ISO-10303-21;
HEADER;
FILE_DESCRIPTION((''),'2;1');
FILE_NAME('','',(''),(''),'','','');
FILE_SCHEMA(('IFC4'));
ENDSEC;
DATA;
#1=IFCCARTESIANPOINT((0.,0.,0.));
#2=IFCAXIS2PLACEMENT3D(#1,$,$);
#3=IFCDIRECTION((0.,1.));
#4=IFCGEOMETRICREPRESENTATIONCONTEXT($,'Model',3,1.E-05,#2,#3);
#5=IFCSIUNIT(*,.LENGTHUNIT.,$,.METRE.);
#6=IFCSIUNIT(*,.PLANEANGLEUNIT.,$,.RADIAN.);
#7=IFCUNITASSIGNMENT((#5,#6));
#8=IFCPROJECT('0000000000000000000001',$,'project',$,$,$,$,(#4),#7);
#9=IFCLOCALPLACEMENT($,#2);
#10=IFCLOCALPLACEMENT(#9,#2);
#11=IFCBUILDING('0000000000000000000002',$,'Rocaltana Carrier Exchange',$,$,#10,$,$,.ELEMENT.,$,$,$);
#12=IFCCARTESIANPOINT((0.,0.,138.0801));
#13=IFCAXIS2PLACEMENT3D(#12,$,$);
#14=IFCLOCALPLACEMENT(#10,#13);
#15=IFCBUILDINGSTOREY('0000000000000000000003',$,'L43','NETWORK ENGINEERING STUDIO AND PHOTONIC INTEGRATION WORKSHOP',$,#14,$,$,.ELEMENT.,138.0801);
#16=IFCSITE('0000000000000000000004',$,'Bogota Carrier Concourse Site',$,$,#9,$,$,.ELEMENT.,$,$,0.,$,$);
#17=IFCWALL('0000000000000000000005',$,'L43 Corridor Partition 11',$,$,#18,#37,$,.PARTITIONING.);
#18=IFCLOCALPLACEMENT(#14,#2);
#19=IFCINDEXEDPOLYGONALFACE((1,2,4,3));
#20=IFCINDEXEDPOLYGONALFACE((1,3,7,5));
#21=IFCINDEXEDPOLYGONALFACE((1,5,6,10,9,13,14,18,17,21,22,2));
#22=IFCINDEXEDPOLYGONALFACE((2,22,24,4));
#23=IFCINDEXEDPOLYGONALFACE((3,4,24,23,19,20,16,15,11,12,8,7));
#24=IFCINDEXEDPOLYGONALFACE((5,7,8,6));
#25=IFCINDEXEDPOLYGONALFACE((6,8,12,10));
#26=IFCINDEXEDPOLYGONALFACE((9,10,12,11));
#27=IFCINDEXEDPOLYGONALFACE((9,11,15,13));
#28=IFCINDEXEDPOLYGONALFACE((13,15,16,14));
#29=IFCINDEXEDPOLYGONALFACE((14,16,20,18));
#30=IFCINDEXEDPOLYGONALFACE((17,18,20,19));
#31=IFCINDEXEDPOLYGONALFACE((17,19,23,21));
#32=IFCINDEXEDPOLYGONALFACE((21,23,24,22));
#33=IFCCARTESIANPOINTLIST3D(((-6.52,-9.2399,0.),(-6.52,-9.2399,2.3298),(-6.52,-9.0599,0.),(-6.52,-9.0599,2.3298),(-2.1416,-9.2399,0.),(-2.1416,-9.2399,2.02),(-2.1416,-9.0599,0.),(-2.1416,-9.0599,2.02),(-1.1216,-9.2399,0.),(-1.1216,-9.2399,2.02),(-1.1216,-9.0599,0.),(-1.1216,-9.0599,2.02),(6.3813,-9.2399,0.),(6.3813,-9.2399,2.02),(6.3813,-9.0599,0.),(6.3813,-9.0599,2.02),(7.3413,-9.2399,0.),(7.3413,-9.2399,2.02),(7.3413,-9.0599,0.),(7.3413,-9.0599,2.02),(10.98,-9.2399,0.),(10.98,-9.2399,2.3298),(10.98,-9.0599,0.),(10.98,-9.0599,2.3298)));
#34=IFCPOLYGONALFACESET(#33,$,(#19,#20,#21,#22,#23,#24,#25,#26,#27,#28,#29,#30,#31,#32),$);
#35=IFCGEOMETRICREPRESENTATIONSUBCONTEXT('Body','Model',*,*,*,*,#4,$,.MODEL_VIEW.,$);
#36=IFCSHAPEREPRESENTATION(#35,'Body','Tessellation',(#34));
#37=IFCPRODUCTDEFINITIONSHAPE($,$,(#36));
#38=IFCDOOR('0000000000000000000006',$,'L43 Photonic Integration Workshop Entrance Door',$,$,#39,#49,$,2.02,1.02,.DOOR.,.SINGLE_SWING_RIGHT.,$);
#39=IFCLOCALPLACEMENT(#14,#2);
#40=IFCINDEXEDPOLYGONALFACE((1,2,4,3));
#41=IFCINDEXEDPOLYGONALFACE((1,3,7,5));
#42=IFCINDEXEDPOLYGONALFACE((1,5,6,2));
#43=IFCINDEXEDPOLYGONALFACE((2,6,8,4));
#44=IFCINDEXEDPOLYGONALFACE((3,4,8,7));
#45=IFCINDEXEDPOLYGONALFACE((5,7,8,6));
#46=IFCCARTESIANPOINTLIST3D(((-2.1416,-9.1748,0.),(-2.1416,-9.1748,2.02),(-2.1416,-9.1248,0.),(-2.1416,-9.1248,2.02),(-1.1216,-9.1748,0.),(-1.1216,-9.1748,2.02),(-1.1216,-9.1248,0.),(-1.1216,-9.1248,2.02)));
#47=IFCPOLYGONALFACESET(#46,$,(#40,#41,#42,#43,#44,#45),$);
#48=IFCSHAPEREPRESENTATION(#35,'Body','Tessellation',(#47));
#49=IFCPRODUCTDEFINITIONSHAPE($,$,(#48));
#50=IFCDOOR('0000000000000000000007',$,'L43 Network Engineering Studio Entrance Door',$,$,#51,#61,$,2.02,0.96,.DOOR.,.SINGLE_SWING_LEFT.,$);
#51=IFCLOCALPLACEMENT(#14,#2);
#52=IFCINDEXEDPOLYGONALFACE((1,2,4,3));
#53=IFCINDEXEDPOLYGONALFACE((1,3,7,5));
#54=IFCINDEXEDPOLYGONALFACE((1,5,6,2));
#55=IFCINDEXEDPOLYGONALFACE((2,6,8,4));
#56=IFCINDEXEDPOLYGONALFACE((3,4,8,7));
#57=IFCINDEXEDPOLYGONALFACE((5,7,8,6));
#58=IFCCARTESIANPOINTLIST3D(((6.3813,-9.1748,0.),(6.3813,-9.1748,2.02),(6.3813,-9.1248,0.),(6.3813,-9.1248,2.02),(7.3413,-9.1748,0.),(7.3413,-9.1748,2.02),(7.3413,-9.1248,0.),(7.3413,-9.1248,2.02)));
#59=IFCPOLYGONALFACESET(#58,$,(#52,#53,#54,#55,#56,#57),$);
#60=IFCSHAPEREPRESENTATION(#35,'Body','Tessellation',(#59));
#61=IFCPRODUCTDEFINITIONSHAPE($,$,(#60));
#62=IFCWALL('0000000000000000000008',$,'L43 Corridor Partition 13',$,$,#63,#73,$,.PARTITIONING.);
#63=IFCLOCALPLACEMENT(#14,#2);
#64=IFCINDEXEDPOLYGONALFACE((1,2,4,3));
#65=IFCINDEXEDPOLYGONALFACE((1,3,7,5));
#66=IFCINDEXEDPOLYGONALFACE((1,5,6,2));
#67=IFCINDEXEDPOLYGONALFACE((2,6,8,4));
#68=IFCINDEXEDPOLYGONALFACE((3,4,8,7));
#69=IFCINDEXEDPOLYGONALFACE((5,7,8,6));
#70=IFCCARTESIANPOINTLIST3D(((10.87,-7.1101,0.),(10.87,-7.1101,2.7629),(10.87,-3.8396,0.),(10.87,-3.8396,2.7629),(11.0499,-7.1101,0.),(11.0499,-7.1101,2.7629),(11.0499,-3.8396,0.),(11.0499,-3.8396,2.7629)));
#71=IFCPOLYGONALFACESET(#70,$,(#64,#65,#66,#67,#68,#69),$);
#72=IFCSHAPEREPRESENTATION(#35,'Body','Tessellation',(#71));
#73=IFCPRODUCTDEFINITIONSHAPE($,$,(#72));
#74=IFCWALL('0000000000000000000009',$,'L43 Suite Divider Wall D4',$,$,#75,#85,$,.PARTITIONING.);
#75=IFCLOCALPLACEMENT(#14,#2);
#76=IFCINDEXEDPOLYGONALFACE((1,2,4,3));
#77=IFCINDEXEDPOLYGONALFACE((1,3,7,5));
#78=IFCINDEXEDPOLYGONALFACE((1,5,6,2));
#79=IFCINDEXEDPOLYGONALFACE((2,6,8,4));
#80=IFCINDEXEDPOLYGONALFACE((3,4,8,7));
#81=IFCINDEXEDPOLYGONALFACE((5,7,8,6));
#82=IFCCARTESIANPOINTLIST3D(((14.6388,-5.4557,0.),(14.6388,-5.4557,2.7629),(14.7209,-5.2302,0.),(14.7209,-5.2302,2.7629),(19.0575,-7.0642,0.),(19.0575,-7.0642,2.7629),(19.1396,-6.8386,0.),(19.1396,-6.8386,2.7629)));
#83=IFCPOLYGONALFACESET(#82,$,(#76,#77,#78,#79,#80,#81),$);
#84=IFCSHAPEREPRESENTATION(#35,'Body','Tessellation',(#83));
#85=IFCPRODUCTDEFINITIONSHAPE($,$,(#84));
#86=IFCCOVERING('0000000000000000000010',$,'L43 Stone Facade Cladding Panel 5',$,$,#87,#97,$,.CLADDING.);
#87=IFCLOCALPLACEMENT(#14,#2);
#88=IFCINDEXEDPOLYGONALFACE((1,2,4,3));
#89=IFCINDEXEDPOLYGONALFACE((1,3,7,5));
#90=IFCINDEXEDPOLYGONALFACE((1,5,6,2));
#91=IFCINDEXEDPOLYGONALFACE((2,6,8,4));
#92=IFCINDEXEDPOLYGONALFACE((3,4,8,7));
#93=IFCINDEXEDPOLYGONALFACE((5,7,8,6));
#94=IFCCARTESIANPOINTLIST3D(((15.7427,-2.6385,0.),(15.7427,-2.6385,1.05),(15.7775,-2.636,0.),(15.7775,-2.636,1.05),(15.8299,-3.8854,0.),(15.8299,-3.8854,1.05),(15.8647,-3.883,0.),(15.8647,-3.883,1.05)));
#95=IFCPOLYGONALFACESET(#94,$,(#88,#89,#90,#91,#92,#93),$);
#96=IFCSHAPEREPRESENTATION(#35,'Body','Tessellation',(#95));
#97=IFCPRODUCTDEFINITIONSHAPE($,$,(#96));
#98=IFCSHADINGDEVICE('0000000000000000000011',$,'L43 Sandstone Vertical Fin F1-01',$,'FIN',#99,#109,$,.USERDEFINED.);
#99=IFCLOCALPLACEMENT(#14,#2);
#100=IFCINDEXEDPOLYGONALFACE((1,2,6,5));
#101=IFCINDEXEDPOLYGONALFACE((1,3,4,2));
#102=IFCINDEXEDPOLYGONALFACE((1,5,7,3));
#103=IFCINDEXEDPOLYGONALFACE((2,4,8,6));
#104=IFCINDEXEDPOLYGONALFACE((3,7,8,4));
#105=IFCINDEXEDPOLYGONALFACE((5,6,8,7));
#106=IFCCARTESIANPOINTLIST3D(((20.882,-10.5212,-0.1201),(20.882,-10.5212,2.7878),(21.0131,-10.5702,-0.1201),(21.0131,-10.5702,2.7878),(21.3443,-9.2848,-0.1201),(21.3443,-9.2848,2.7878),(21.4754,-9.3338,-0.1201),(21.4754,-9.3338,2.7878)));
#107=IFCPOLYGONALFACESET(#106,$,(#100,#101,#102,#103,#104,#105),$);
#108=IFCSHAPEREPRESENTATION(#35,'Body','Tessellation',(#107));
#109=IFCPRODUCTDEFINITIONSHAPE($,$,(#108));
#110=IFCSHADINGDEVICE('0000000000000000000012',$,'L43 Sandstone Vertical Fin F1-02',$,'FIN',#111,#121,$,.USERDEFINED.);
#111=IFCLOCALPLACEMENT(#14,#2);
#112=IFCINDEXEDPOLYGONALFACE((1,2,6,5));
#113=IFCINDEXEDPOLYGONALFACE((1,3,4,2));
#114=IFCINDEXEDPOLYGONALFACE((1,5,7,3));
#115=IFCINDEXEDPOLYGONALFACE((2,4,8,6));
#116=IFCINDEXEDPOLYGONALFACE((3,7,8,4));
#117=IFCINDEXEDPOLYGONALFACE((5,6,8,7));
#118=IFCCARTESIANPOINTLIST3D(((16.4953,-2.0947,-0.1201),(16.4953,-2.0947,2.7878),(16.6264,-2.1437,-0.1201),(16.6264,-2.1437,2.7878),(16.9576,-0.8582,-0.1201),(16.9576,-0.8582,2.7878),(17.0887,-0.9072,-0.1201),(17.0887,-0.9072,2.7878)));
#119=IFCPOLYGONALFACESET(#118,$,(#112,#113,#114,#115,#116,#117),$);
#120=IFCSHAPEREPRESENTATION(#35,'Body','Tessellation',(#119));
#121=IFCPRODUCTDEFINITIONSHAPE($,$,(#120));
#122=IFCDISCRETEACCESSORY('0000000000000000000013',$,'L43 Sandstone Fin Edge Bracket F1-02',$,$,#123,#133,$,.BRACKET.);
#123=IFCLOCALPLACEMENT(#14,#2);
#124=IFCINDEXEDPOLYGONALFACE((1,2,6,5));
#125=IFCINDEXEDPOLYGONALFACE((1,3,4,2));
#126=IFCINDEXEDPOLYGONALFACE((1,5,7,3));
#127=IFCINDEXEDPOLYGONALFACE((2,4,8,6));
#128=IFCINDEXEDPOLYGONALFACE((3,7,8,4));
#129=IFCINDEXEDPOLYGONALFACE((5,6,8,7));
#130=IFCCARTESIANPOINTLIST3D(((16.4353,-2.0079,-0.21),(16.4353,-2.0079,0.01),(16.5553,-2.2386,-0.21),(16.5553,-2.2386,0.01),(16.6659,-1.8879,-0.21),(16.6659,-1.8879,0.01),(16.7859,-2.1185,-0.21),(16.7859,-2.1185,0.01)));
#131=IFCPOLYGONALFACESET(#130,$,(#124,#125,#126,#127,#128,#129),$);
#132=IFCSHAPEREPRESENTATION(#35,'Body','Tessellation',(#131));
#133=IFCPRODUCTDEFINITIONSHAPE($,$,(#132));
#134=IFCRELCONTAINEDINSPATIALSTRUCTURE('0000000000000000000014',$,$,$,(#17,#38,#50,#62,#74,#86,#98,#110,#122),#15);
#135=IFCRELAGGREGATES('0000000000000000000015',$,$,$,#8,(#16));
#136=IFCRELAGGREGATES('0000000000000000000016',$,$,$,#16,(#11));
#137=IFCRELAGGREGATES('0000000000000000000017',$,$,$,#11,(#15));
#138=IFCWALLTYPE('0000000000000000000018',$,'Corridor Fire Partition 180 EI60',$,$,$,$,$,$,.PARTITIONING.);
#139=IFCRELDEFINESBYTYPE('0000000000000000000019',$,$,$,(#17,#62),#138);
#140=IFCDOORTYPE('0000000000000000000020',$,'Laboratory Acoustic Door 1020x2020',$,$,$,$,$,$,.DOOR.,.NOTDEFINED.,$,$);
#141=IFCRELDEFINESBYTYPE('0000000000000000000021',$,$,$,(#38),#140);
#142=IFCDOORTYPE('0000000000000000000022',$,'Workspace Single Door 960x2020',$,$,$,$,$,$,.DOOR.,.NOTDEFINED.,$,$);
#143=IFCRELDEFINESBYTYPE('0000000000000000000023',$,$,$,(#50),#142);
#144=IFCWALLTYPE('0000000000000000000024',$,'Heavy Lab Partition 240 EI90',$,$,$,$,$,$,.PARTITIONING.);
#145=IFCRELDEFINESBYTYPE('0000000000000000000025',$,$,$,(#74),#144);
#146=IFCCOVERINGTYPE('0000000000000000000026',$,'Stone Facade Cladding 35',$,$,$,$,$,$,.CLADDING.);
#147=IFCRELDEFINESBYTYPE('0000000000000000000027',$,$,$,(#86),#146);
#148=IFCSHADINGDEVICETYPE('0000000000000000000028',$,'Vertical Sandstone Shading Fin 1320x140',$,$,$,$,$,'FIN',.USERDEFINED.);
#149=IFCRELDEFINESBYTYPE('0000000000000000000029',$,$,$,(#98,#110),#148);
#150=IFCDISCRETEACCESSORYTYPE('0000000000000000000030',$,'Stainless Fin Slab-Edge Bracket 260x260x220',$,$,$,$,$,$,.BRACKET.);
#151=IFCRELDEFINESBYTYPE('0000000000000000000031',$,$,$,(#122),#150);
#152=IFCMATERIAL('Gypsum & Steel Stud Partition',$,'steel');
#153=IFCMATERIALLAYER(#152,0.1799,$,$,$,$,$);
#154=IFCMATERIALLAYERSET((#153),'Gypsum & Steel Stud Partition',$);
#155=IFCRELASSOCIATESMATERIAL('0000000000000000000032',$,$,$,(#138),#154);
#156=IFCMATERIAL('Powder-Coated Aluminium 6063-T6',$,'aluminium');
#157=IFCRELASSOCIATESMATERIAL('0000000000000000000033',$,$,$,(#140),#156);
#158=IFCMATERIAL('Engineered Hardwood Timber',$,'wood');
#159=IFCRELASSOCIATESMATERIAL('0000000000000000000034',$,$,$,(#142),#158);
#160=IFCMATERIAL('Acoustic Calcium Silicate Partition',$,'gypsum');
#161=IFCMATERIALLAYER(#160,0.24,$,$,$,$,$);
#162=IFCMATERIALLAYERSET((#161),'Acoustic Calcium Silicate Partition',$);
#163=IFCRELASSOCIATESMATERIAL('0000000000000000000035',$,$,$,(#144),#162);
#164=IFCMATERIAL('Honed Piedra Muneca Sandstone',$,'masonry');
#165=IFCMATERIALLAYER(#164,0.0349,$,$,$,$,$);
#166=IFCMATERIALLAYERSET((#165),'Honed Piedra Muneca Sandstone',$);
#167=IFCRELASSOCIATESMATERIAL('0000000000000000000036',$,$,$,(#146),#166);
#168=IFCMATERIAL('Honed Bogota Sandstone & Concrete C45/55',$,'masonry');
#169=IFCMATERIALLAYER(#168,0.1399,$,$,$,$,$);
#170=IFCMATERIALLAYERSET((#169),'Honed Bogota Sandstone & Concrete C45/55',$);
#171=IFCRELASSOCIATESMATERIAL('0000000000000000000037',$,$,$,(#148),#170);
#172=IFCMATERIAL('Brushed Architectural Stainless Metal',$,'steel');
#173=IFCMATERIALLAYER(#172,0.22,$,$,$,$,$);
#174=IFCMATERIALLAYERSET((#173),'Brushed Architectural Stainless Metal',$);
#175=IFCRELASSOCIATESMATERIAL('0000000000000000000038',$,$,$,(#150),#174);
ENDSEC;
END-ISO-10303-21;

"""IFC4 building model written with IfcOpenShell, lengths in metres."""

from ifc_helpers import new_model, si_unit, direction, frame, frame_2d, origin, origin_2d, place, context, subcontext, project, spatial, rectangle, extrude, material, layer, layer_set, type_object, element, fill, save


model = new_model("IFC4")

# Units and contexts
model_context = context("Model", 3, precision=1e-05, world=origin(), true_north=direction((0.0, 1.0)))
body_context = subcontext(model_context, "Body", "Model", "MODEL_VIEW")
ifc_project = project(units=[si_unit("LENGTHUNIT", "METRE"), si_unit("PLANEANGLEUNIT", "RADIAN")], contexts=[model_context])

# Site, building, storey
site_placement = place(None, origin())
site = spatial("IfcSite", under=ifc_project, at=site_placement, Name="Bogota Carrier Concourse Site", CompositionType="ELEMENT", RefElevation=0.0)
building_placement = place(site_placement, origin())
building = spatial("IfcBuilding", under=site, at=building_placement, Name="Rocaltana Carrier Exchange", CompositionType="ELEMENT")
storey_placement = place(building_placement, frame((0.0, 0.0, 138.0801)))
storey = spatial("IfcBuildingStorey", under=building, at=storey_placement, Name="L43", Description="NETWORK ENGINEERING STUDIO AND PHOTONIC INTEGRATION WORKSHOP", CompositionType="ELEMENT", Elevation=138.0801)

# Shared definitions
ifc_material_1 = material(Name="Gypsum & Steel Stud Partition", Category="steel")
ifc_layer_1 = layer(ifc_material_1, 0.1799)
ifc_layer_set_1 = layer_set([ifc_layer_1], Name="Gypsum & Steel Stud Partition")
wall_type_1 = type_object("IfcWallType", Name="Corridor Fire Partition 180 EI60", PredefinedType="PARTITIONING", material=ifc_layer_set_1)

# Wall, openings, doors
wall_1_placement = place(storey_placement, frame((10.98, -9.1499, 0.0), z_axis=(0.0, 0.0, 1.0), x_axis=(-1.0, 0.0, 0.0)))
wall_1 = element("IfcWall", 1, at=wall_1_placement, inside=storey, type_object=wall_type_1, Name="L43 Corridor Partition 11", PredefinedType="PARTITIONING", context=body_context, shape_type="SweptSolid", body=[
    extrude(rectangle(XDim=17.5, YDim=0.1799, at=frame_2d((8.75, 0.0))), origin(), (0.0, 0.0, 1.0), 2.3298),
])
opening_1_placement = place(wall_1_placement, frame((12.1016, 0.0, 0.0)))
opening_1 = element("IfcOpeningElement", 2, at=opening_1_placement, cuts=wall_1, PredefinedType="OPENING", context=body_context, shape_type="SweptSolid", body=[
    extrude(rectangle(XDim=1.02, YDim=2.02, at=frame_2d((0.51, 1.01))), frame((0.0, 0.0999, 0.0), z_axis=(0.0, -1.0, 0.0), x_axis=(1.0, 0.0, 0.0)), (0.0, 0.0, 1.0), 0.2),
])
opening_2_placement = place(wall_1_placement, frame((3.6387, 0.0, 0.0)))
opening_2 = element("IfcOpeningElement", 3, at=opening_2_placement, cuts=wall_1, PredefinedType="OPENING", context=body_context, shape_type="SweptSolid", body=[
    extrude(rectangle(XDim=0.96, YDim=2.02, at=frame_2d((0.48, 1.01))), frame((0.0, 0.0999, 0.0), z_axis=(0.0, -1.0, 0.0), x_axis=(1.0, 0.0, 0.0)), (0.0, 0.0, 1.0), 0.2),
])
ifc_material_2 = material(Name="Powder-Coated Aluminium 6063-T6", Category="aluminium")
door_type_1 = type_object("IfcDoorType", Name="Laboratory Acoustic Door 1020x2020", OperationType="NOTDEFINED", PredefinedType="DOOR", material=ifc_material_2)
door_1_placement = place(opening_1_placement, origin())
door_1 = element("IfcDoor", 4, at=door_1_placement, inside=storey, type_object=door_type_1, Name="L43 Photonic Integration Workshop Entrance Door", OperationType="SINGLE_SWING_RIGHT", OverallHeight=2.02, OverallWidth=1.02, PredefinedType="DOOR", context=body_context, shape_type="SweptSolid", body=[
    extrude(rectangle(XDim=1.02, YDim=2.02, at=frame_2d((0.51, 1.01))), frame((0.0, 0.0249, 0.0), z_axis=(0.0, -1.0, 0.0), x_axis=(1.0, 0.0, 0.0)), (0.0, 0.0, 1.0), 0.05),
])
fill(opening_1, door_1)
ifc_material_3 = material(Name="Engineered Hardwood Timber", Category="wood")
door_type_2 = type_object("IfcDoorType", Name="Workspace Single Door 960x2020", OperationType="NOTDEFINED", PredefinedType="DOOR", material=ifc_material_3)
door_2_placement = place(opening_2_placement, origin())
door_2 = element("IfcDoor", 5, at=door_2_placement, inside=storey, type_object=door_type_2, Name="L43 Network Engineering Studio Entrance Door", OperationType="SINGLE_SWING_LEFT", OverallHeight=2.02, OverallWidth=0.96, PredefinedType="DOOR", context=body_context, shape_type="SweptSolid", body=[
    extrude(rectangle(XDim=0.96, YDim=2.02, at=frame_2d((0.48, 1.01))), frame((0.0, 0.0249, 0.0), z_axis=(0.0, -1.0, 0.0), x_axis=(1.0, 0.0, 0.0)), (0.0, 0.0, 1.0), 0.05),
])
fill(opening_2, door_2)

# Walls
wall_2_placement = place(storey_placement, frame((10.96, -7.1101, 0.0), z_axis=(0.0, 0.0, 1.0), x_axis=(0.0, 1.0, 0.0)))
element("IfcWall", 6, at=wall_2_placement, inside=storey, type_object=wall_type_1, Name="L43 Corridor Partition 13", PredefinedType="PARTITIONING", context=body_context, shape_type="SweptSolid", body=[
    extrude(rectangle(XDim=3.2705, YDim=0.1799, at=frame_2d((1.6353, 0.0))), origin(), (0.0, 0.0, 1.0), 2.7629),
])
ifc_material_4 = material(Name="Acoustic Calcium Silicate Partition", Category="gypsum")
ifc_layer_2 = layer(ifc_material_4, 0.24)
ifc_layer_set_2 = layer_set([ifc_layer_2], Name="Acoustic Calcium Silicate Partition")
wall_type_2 = type_object("IfcWallType", Name="Heavy Lab Partition 240 EI90", PredefinedType="PARTITIONING", material=ifc_layer_set_2)
wall_3_placement = place(storey_placement, frame((14.6799, -5.343, 0.0), z_axis=(0.0, 0.0, 1.0), x_axis=(0.939684, -0.342043, 0.0)))
element("IfcWall", 7, at=wall_3_placement, inside=storey, type_object=wall_type_2, Name="L43 Suite Divider Wall D4", PredefinedType="PARTITIONING", context=body_context, shape_type="SweptSolid", body=[
    extrude(rectangle(XDim=4.7024, YDim=0.24, at=frame_2d((2.3511, 0.0))), origin(), (0.0, 0.0, 1.0), 2.7629),
])

# Covering
ifc_material_5 = material(Name="Honed Piedra Muneca Sandstone", Category="masonry")
ifc_layer_3 = layer(ifc_material_5, 0.0349)
ifc_layer_set_3 = layer_set([ifc_layer_3], Name="Honed Piedra Muneca Sandstone")
covering_type = type_object("IfcCoveringType", Name="Stone Facade Cladding 35", PredefinedType="CLADDING", material=ifc_layer_set_3)
covering_placement = place(storey_placement, frame((15.8037, -3.2607, 0.0), z_axis=(0.0, 0.0, 1.0), x_axis=(-0.069756, 0.997564, 0.0)))
element("IfcCovering", 8, at=covering_placement, inside=storey, type_object=covering_type, Name="L43 Stone Facade Cladding Panel 5", PredefinedType="CLADDING", context=body_context, shape_type="SweptSolid", body=[
    extrude(rectangle(XDim=1.25, YDim=0.0349, at=origin_2d()), origin(), (0.0, 0.0, 1.0), 1.05),
])

# Shading devices
ifc_material_6 = material(Name="Honed Bogota Sandstone & Concrete C45/55", Category="masonry")
ifc_layer_4 = layer(ifc_material_6, 0.1399)
ifc_layer_set_4 = layer_set([ifc_layer_4], Name="Honed Bogota Sandstone & Concrete C45/55")
shading_device_type = type_object("IfcShadingDeviceType", Name="Vertical Sandstone Shading Fin 1320x140", ElementType="FIN", PredefinedType="USERDEFINED", material=ifc_layer_set_4)
for number, where, z_axis, x_axis, name in (
    (9, (21.1787, -9.9275, -0.1201), (0.0, 0.0, 1.0), (0.350207, 0.936672, 0.0), "L43 Sandstone Vertical Fin F1-01"),
    (10, (16.792, -1.501, -0.1201), (0.0, 0.0, 1.0), (0.350207, 0.936672, 0.0), "L43 Sandstone Vertical Fin F1-02"),
):
    element("IfcShadingDevice", number, at=place(storey_placement, frame(where, z_axis=z_axis, x_axis=x_axis)), inside=storey, type_object=shading_device_type, Name=name, ObjectType="FIN", PredefinedType="USERDEFINED", context=body_context, shape_type="SweptSolid", body=[
        extrude(rectangle(XDim=1.3201, YDim=0.1399, at=origin_2d()), origin(), (0.0, 0.0, 1.0), 2.908),
    ])

# Discrete accessory
ifc_material_7 = material(Name="Brushed Architectural Stainless Metal", Category="steel")
ifc_layer_5 = layer(ifc_material_7, 0.22)
ifc_layer_set_5 = layer_set([ifc_layer_5], Name="Brushed Architectural Stainless Metal")
discrete_accessory_type = type_object("IfcDiscreteAccessoryType", Name="Stainless Fin Slab-Edge Bracket 260x260x220", PredefinedType="BRACKET", material=ifc_layer_set_5)
discrete_accessory_placement = place(storey_placement, frame((16.6106, -2.0632, -0.21), z_axis=(0.0, 0.0, 1.0), x_axis=(-0.461749, 0.887011, 0.0)))
element("IfcDiscreteAccessory", 11, at=discrete_accessory_placement, inside=storey, type_object=discrete_accessory_type, Name="L43 Sandstone Fin Edge Bracket F1-02", PredefinedType="BRACKET", context=body_context, shape_type="SweptSolid", body=[
    extrude(rectangle(XDim=0.26, YDim=0.26, at=origin_2d()), origin(), (0.0, 0.0, 1.0), 0.22),
])

save(model, "model.ifc")
